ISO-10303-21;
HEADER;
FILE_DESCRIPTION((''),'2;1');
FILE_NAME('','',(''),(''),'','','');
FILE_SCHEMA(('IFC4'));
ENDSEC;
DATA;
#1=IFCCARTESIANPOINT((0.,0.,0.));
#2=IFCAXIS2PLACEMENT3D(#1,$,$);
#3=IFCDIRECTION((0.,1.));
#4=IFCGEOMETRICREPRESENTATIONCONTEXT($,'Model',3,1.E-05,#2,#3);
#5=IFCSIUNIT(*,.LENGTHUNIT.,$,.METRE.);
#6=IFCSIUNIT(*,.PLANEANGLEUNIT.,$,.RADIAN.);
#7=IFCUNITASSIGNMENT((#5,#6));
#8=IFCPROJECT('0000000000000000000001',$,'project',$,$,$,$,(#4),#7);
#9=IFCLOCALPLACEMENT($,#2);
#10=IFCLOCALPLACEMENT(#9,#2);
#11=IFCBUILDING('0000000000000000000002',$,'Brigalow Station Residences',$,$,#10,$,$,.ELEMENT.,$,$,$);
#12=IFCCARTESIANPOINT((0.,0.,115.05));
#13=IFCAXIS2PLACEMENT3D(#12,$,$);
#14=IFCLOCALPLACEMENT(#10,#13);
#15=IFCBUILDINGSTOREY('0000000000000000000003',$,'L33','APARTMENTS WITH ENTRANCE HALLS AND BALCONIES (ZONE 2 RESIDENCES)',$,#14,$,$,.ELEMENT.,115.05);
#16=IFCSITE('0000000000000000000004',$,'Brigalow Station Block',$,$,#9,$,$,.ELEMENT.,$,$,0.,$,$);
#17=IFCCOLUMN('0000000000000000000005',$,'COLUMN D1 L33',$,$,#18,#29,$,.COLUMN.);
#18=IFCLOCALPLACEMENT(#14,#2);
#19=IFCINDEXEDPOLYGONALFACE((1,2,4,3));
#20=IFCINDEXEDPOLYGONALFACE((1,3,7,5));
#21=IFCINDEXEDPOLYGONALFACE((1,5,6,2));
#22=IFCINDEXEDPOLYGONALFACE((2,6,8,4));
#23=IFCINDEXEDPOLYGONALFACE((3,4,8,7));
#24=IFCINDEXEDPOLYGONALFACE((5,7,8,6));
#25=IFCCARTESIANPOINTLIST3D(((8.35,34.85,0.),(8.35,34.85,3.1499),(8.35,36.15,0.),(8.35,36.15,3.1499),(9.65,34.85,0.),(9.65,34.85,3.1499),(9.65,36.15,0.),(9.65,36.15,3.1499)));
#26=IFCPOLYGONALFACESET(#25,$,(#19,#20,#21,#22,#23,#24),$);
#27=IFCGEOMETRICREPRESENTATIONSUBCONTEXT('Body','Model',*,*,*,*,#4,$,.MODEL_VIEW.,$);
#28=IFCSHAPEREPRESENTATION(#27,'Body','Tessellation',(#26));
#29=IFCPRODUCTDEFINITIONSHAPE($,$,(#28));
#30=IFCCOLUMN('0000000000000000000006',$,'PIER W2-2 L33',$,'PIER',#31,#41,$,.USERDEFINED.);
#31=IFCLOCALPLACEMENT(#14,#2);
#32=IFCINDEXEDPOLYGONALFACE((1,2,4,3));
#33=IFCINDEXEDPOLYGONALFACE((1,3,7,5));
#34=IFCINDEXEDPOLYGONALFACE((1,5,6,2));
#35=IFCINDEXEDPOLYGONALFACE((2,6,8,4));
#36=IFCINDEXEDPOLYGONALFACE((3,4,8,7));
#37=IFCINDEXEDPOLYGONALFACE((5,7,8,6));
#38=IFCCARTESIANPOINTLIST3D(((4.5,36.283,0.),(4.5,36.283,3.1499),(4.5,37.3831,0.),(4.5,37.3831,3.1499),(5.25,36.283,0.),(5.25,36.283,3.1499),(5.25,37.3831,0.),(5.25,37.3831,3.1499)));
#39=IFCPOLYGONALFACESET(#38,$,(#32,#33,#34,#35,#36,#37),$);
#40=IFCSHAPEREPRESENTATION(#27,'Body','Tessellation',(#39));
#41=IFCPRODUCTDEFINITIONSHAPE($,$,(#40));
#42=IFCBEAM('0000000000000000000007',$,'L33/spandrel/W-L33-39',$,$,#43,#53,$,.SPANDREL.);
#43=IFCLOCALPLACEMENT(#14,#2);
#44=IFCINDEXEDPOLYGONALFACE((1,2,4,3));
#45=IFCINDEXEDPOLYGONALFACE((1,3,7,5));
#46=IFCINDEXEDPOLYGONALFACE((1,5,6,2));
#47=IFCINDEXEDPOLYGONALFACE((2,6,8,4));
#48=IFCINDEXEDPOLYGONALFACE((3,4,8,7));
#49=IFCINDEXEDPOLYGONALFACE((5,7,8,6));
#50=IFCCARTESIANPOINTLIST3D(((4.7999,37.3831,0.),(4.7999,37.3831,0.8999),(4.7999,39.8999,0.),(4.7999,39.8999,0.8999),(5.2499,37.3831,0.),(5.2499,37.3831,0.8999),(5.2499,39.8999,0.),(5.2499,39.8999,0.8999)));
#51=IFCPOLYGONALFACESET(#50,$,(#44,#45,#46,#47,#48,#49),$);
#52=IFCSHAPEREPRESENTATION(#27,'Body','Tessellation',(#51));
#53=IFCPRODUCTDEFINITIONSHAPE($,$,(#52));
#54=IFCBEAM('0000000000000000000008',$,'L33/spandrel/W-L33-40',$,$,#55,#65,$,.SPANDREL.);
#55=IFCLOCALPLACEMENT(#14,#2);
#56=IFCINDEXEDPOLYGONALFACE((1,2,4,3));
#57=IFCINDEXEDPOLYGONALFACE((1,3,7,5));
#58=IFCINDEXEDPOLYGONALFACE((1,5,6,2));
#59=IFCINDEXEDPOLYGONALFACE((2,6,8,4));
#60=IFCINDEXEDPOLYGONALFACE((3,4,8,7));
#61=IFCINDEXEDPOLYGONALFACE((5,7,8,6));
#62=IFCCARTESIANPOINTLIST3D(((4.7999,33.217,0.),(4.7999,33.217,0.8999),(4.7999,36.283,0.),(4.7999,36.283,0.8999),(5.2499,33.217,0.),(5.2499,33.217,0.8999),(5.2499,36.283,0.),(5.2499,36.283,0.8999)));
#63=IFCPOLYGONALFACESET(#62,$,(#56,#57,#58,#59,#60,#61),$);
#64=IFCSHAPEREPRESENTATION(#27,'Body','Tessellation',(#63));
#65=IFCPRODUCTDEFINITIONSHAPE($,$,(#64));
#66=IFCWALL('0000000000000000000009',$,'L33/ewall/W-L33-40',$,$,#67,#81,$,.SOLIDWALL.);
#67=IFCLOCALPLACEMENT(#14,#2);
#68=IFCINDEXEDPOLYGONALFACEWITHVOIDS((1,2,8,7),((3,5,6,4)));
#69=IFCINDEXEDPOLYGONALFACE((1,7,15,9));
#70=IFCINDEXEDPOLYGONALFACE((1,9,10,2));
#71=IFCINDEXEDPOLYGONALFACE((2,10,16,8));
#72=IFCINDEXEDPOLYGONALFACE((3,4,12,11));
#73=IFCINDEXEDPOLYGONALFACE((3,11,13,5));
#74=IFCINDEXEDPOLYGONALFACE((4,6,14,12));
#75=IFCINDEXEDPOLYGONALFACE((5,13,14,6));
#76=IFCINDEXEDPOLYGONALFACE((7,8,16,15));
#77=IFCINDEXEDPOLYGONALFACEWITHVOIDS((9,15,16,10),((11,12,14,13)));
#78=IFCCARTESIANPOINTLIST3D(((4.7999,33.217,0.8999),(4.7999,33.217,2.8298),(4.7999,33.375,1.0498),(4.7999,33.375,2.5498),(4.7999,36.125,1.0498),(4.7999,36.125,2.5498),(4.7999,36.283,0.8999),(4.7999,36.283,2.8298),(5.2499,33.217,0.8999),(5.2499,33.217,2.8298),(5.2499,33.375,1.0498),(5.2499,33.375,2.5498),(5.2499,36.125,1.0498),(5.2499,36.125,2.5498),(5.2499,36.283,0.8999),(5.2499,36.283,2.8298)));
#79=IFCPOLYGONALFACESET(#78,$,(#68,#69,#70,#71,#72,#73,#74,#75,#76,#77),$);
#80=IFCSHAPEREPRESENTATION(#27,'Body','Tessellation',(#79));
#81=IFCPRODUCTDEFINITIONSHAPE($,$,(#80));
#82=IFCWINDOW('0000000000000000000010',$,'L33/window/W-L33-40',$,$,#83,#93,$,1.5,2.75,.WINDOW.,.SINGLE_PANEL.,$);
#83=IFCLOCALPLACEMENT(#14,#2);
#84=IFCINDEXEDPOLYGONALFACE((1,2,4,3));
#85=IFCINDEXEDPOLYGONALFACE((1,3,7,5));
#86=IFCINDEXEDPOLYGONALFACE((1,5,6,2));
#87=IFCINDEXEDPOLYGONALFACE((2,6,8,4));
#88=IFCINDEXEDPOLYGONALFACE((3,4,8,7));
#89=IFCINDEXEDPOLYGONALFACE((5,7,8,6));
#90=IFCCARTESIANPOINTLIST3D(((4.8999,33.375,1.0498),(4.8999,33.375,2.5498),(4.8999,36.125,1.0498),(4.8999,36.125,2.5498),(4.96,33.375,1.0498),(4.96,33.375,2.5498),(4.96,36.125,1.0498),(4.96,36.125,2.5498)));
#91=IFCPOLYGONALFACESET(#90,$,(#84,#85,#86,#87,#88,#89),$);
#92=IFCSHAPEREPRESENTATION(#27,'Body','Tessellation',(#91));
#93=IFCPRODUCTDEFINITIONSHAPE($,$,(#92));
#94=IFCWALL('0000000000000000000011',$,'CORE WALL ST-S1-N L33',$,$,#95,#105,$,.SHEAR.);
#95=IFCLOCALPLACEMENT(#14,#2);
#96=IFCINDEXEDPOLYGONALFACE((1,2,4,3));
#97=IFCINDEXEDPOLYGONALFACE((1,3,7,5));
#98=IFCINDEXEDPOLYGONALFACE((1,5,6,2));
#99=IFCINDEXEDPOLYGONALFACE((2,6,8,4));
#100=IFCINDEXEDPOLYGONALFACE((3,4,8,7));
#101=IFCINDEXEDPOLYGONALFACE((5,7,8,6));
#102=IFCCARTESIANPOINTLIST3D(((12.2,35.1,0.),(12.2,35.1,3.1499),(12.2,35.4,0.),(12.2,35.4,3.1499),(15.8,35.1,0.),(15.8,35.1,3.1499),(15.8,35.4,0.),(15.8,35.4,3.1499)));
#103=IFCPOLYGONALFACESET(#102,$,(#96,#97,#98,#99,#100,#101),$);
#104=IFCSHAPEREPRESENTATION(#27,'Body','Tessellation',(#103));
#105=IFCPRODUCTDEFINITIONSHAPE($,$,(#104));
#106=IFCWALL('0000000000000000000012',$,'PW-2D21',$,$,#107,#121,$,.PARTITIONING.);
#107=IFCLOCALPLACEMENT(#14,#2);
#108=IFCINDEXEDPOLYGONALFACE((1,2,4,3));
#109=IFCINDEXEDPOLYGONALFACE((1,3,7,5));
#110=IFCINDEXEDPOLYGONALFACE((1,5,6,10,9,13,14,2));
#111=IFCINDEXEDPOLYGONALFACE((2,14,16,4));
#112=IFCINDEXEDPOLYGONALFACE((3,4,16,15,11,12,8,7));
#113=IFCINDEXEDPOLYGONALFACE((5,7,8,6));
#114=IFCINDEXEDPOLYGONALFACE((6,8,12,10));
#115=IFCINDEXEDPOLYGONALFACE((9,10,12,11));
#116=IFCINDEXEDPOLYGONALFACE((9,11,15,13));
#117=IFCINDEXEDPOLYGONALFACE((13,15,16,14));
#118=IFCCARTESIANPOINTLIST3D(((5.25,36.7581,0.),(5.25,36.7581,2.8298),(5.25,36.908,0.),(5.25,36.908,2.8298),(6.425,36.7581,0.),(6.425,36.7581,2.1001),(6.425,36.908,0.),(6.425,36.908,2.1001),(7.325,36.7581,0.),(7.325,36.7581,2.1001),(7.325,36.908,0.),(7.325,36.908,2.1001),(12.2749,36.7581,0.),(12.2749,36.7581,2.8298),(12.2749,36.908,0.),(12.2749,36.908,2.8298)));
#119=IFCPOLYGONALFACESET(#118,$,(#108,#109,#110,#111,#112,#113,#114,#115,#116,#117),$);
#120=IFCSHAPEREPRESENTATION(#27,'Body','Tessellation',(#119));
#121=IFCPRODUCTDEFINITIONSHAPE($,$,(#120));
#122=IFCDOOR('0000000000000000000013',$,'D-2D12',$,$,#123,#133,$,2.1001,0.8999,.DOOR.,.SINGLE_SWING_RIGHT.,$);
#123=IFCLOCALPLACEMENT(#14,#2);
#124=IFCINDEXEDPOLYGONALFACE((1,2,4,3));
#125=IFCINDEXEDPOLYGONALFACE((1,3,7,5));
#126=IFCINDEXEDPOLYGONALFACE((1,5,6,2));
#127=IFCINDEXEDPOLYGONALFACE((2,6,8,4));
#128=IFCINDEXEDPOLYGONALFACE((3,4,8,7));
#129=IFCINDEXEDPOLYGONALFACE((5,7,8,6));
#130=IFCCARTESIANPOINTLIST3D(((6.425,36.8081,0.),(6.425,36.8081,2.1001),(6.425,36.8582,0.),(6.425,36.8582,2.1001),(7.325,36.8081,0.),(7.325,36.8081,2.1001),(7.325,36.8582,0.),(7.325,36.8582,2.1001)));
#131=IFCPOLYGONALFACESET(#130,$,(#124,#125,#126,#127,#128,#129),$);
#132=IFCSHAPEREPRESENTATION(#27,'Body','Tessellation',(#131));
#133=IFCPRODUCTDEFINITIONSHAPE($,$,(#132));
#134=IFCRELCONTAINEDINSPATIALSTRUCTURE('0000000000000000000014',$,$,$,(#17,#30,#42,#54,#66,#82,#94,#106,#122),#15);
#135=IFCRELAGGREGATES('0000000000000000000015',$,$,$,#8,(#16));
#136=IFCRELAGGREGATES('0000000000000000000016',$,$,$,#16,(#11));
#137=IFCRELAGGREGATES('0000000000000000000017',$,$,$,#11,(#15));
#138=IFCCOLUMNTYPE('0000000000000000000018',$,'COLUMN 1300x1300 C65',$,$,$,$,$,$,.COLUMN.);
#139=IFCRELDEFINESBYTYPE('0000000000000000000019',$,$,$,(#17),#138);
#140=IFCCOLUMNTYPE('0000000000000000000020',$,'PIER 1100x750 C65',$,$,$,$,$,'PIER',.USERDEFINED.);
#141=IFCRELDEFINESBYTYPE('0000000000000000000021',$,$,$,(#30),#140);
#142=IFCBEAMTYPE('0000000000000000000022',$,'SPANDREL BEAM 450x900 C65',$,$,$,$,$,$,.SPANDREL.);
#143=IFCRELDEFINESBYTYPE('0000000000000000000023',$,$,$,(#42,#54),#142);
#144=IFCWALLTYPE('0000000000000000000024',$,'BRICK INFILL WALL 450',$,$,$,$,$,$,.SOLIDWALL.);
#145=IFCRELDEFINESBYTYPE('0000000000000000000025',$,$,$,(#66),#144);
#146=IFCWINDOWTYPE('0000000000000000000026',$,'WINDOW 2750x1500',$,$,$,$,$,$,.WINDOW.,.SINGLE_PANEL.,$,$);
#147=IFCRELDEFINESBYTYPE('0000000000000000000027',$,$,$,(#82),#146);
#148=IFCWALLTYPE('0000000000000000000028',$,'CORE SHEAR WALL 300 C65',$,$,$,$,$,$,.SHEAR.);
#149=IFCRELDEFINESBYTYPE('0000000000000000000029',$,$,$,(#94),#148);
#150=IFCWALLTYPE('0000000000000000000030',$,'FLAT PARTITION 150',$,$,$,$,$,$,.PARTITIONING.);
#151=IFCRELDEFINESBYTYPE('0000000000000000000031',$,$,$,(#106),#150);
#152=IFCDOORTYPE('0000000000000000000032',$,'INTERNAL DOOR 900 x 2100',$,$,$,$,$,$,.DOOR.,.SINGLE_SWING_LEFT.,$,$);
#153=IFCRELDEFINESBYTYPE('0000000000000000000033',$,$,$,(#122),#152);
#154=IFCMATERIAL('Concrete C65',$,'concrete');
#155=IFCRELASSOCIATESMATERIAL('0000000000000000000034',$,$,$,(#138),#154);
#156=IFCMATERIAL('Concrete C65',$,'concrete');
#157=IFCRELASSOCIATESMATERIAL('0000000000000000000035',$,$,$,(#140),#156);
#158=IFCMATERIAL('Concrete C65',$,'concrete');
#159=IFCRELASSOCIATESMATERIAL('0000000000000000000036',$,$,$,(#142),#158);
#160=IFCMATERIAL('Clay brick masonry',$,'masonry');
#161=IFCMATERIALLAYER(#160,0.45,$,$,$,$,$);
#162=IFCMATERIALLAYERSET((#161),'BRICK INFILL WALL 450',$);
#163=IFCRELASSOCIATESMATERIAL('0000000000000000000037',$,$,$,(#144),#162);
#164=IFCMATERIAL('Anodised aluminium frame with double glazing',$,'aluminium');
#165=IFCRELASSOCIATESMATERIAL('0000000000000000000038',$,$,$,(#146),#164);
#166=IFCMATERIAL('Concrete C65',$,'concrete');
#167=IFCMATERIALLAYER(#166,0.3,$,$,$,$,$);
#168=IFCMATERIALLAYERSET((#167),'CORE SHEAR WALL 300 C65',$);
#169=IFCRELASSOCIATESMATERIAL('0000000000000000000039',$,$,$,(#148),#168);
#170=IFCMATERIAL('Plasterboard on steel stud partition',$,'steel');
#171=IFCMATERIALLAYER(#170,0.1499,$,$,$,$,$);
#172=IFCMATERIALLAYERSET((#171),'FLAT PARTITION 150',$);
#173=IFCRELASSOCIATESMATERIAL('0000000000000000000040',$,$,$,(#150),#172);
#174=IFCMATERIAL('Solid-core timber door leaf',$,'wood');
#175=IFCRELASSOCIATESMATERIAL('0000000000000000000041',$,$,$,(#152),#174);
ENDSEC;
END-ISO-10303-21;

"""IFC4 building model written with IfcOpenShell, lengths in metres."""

from ifc_helpers import new_model, si_unit, direction, frame, frame_2d, origin, origin_2d, place, context, subcontext, project, spatial, rectangle, extrude, material, layer, layer_set, material_profile, profile_set, type_object, element, fill, save


model = new_model("IFC4")

# Units and contexts
model_context = context("Model", 3, precision=1e-05, world=origin(), true_north=direction((0.0, 1.0)))
body_context = subcontext(model_context, "Body", "Model", "MODEL_VIEW")
ifc_project = project(units=[si_unit("LENGTHUNIT", "METRE"), si_unit("PLANEANGLEUNIT", "RADIAN")], contexts=[model_context])

# Site, building, storey
site_placement = place(None, origin())
site = spatial("IfcSite", under=ifc_project, at=site_placement, Name="Brigalow Station Block", CompositionType="ELEMENT", RefElevation=0.0)
building_placement = place(site_placement, origin())
building = spatial("IfcBuilding", under=site, at=building_placement, Name="Brigalow Station Residences", CompositionType="ELEMENT")
storey_placement = place(building_placement, frame((0.0, 0.0, 115.05)))
storey = spatial("IfcBuildingStorey", under=building, at=storey_placement, Name="L33", Description="APARTMENTS WITH ENTRANCE HALLS AND BALCONIES (ZONE 2 RESIDENCES)", CompositionType="ELEMENT", Elevation=115.05)

# Columns
ifc_material_1 = material(Name="Concrete C65", Category="concrete")
ifc_material_profile_1 = material_profile(ifc_material_1, rectangle(XDim=1.3, YDim=1.3, at=origin_2d()), Name="RC1300x1300")
ifc_profile_set_1 = profile_set([ifc_material_profile_1], Name="Concrete C65")
column_type_1 = type_object("IfcColumnType", Name="COLUMN 1300x1300 C65", PredefinedType="COLUMN", material=ifc_profile_set_1)
column_1_placement = place(storey_placement, frame((9.0, 35.5, 0.0), z_axis=(0.0, 0.0, 1.0), x_axis=(1.0, 0.0, 0.0)))
element("IfcColumn", 1, at=column_1_placement, inside=storey, type_object=column_type_1, Name="COLUMN D1 L33", PredefinedType="COLUMN", context=body_context, shape_type="SweptSolid", body=[
    extrude(rectangle(XDim=1.3, YDim=1.3, at=origin_2d()), origin(), (0.0, 0.0, 1.0), 3.1499),
])
ifc_material_2 = material(Name="Concrete C65", Category="concrete")
ifc_material_profile_2 = material_profile(ifc_material_2, rectangle(XDim=1.1001, YDim=0.75, at=origin_2d()), Name="RC1100x750")
ifc_profile_set_2 = profile_set([ifc_material_profile_2], Name="Concrete C65")
column_type_2 = type_object("IfcColumnType", Name="PIER 1100x750 C65", ElementType="PIER", PredefinedType="USERDEFINED", material=ifc_profile_set_2)
column_2_placement = place(storey_placement, frame((4.875, 36.833, 0.0), z_axis=(0.0, 0.0, 1.0), x_axis=(0.0, -1.0, 0.0)))
element("IfcColumn", 2, at=column_2_placement, inside=storey, type_object=column_type_2, Name="PIER W2-2 L33", ObjectType="PIER", PredefinedType="USERDEFINED", context=body_context, shape_type="SweptSolid", body=[
    extrude(rectangle(XDim=1.1001, YDim=0.75, at=origin_2d()), origin(), (0.0, 0.0, 1.0), 3.1499),
])

# Beams
ifc_material_3 = material(Name="Concrete C65", Category="concrete")
ifc_material_profile_3 = material_profile(ifc_material_3, rectangle(XDim=0.45, YDim=0.8999, at=origin_2d()), Name="RC450x900")
ifc_profile_set_3 = profile_set([ifc_material_profile_3], Name="Concrete C65")
beam_type = type_object("IfcBeamType", Name="SPANDREL BEAM 450x900 C65", PredefinedType="SPANDREL", material=ifc_profile_set_3)
beam_1_placement = place(storey_placement, frame((5.0249, 39.8999, 0.45), z_axis=(0.0, -1.0, 0.0), x_axis=(1.0, 0.0, 0.0)))
element("IfcBeam", 3, at=beam_1_placement, inside=storey, type_object=beam_type, Name="L33/spandrel/W-L33-39", PredefinedType="SPANDREL", context=body_context, shape_type="SweptSolid", body=[
    extrude(rectangle(XDim=0.45, YDim=0.8999, at=origin_2d()), origin(), (0.0, 0.0, 1.0), 2.5168),
])
beam_2_placement = place(storey_placement, frame((5.0249, 36.283, 0.45), z_axis=(0.0, -1.0, 0.0), x_axis=(1.0, 0.0, 0.0)))
element("IfcBeam", 4, at=beam_2_placement, inside=storey, type_object=beam_type, Name="L33/spandrel/W-L33-40", PredefinedType="SPANDREL", context=body_context, shape_type="SweptSolid", body=[
    extrude(rectangle(XDim=0.45, YDim=0.8999, at=origin_2d()), origin(), (0.0, 0.0, 1.0), 3.0659),
])

# Wall, opening, window
ifc_material_4 = material(Name="Clay brick masonry", Category="masonry")
ifc_layer_1 = layer(ifc_material_4, 0.45)
ifc_layer_set_1 = layer_set([ifc_layer_1], Name="BRICK INFILL WALL 450")
wall_type_1 = type_object("IfcWallType", Name="BRICK INFILL WALL 450", PredefinedType="SOLIDWALL", material=ifc_layer_set_1)
wall_1_placement = place(storey_placement, frame((5.0249, 36.283, 0.8999), z_axis=(0.0, 0.0, 1.0), x_axis=(0.0, -1.0, 0.0)))
wall_1 = element("IfcWall", 5, at=wall_1_placement, inside=storey, type_object=wall_type_1, Name="L33/ewall/W-L33-40", PredefinedType="SOLIDWALL", context=body_context, shape_type="SweptSolid", body=[
    extrude(rectangle(XDim=3.0659, YDim=0.45, at=frame_2d((1.533, 0.0))), origin(), (0.0, 0.0, 1.0), 1.9299),
])
opening_1_placement = place(wall_1_placement, frame((0.158, 0.0, 0.1499)))
opening_1 = element("IfcOpeningElement", 6, at=opening_1_placement, cuts=wall_1, PredefinedType="OPENING", context=body_context, shape_type="SweptSolid", body=[
    extrude(rectangle(XDim=2.75, YDim=1.5, at=frame_2d((1.375, 0.75))), frame((0.0, 0.2349, 0.0), z_axis=(0.0, -1.0, 0.0), x_axis=(1.0, 0.0, 0.0)), (0.0, 0.0, 1.0), 0.47),
])
ifc_material_5 = material(Name="Anodised aluminium frame with double glazing", Category="aluminium")
window_type = type_object("IfcWindowType", Name="WINDOW 2750x1500", PartitioningType="SINGLE_PANEL", PredefinedType="WINDOW", material=ifc_material_5)
window_placement = place(opening_1_placement, origin())
window = element("IfcWindow", 7, at=window_placement, inside=storey, type_object=window_type, Name="L33/window/W-L33-40", OverallHeight=1.5, OverallWidth=2.75, PartitioningType="SINGLE_PANEL", PredefinedType="WINDOW", context=body_context, shape_type="SweptSolid", body=[
    extrude(rectangle(XDim=2.75, YDim=1.5, at=frame_2d((1.375, 0.75))), frame((0.0, -0.0649, 0.0), z_axis=(0.0, -1.0, 0.0), x_axis=(1.0, 0.0, 0.0)), (0.0, 0.0, 1.0), 0.0601),
])
fill(opening_1, window)

# Wall
ifc_material_6 = material(Name="Concrete C65", Category="concrete")
ifc_layer_2 = layer(ifc_material_6, 0.3)
ifc_layer_set_2 = layer_set([ifc_layer_2], Name="CORE SHEAR WALL 300 C65")
wall_type_2 = type_object("IfcWallType", Name="CORE SHEAR WALL 300 C65", PredefinedType="SHEAR", material=ifc_layer_set_2)
wall_2_placement = place(storey_placement, frame((12.2, 35.25, 0.0), z_axis=(0.0, 0.0, 1.0), x_axis=(1.0, 0.0, 0.0)))
element("IfcWall", 8, at=wall_2_placement, inside=storey, type_object=wall_type_2, Name="CORE WALL ST-S1-N L33", PredefinedType="SHEAR", context=body_context, shape_type="SweptSolid", body=[
    extrude(rectangle(XDim=3.6001, YDim=0.3, at=frame_2d((1.8, 0.0))), origin(), (0.0, 0.0, 1.0), 3.1499),
])

# Wall, opening, door
ifc_material_7 = material(Name="Plasterboard on steel stud partition", Category="steel")
ifc_layer_3 = layer(ifc_material_7, 0.1499)
ifc_layer_set_3 = layer_set([ifc_layer_3], Name="FLAT PARTITION 150")
wall_type_3 = type_object("IfcWallType", Name="FLAT PARTITION 150", PredefinedType="PARTITIONING", material=ifc_layer_set_3)
wall_3_placement = place(storey_placement, frame((5.25, 36.833, 0.0), z_axis=(0.0, 0.0, 1.0), x_axis=(1.0, 0.0, 0.0)))
wall_3 = element("IfcWall", 9, at=wall_3_placement, inside=storey, type_object=wall_type_3, Name="PW-2D21", PredefinedType="PARTITIONING", context=body_context, shape_type="SweptSolid", body=[
    extrude(rectangle(XDim=7.0249, YDim=0.1499, at=frame_2d((3.5125, 0.0))), origin(), (0.0, 0.0, 1.0), 2.8298),
])
opening_2_placement = place(wall_3_placement, frame((1.175, 0.0, 0.0)))
opening_2 = element("IfcOpeningElement", 10, at=opening_2_placement, cuts=wall_3, PredefinedType="OPENING", context=body_context, shape_type="SweptSolid", body=[
    extrude(rectangle(XDim=0.8999, YDim=2.1001, at=frame_2d((0.45, 1.05))), frame((0.0, 0.085, 0.0), z_axis=(0.0, -1.0, 0.0), x_axis=(1.0, 0.0, 0.0)), (0.0, 0.0, 1.0), 0.1699),
])
ifc_material_8 = material(Name="Solid-core timber door leaf", Category="wood")
door_type_1 = type_object("IfcDoorType", Name="INTERNAL DOOR 900 x 2100", OperationType="SINGLE_SWING_LEFT", PredefinedType="DOOR", material=ifc_material_8)
door_1_placement = place(opening_2_placement, frame((0.8999, 0.0, 0.0), z_axis=(0.0, 0.0, 1.0), x_axis=(-1.0, 0.0, 0.0)))
door_1 = element("IfcDoor", 11, at=door_1_placement, inside=storey, type_object=door_type_1, Name="D-2D12", OperationType="SINGLE_SWING_RIGHT", OverallHeight=2.1001, OverallWidth=0.8999, PredefinedType="DOOR", context=body_context, shape_type="SweptSolid", body=[
    extrude(rectangle(XDim=0.8999, YDim=2.1001, at=frame_2d((0.45, 1.05))), frame((0.0, 0.0249, 0.0), z_axis=(0.0, -1.0, 0.0), x_axis=(1.0, 0.0, 0.0)), (0.0, 0.0, 1.0), 0.05),
])
fill(opening_2, door_1)

save(model, "model.ifc")
